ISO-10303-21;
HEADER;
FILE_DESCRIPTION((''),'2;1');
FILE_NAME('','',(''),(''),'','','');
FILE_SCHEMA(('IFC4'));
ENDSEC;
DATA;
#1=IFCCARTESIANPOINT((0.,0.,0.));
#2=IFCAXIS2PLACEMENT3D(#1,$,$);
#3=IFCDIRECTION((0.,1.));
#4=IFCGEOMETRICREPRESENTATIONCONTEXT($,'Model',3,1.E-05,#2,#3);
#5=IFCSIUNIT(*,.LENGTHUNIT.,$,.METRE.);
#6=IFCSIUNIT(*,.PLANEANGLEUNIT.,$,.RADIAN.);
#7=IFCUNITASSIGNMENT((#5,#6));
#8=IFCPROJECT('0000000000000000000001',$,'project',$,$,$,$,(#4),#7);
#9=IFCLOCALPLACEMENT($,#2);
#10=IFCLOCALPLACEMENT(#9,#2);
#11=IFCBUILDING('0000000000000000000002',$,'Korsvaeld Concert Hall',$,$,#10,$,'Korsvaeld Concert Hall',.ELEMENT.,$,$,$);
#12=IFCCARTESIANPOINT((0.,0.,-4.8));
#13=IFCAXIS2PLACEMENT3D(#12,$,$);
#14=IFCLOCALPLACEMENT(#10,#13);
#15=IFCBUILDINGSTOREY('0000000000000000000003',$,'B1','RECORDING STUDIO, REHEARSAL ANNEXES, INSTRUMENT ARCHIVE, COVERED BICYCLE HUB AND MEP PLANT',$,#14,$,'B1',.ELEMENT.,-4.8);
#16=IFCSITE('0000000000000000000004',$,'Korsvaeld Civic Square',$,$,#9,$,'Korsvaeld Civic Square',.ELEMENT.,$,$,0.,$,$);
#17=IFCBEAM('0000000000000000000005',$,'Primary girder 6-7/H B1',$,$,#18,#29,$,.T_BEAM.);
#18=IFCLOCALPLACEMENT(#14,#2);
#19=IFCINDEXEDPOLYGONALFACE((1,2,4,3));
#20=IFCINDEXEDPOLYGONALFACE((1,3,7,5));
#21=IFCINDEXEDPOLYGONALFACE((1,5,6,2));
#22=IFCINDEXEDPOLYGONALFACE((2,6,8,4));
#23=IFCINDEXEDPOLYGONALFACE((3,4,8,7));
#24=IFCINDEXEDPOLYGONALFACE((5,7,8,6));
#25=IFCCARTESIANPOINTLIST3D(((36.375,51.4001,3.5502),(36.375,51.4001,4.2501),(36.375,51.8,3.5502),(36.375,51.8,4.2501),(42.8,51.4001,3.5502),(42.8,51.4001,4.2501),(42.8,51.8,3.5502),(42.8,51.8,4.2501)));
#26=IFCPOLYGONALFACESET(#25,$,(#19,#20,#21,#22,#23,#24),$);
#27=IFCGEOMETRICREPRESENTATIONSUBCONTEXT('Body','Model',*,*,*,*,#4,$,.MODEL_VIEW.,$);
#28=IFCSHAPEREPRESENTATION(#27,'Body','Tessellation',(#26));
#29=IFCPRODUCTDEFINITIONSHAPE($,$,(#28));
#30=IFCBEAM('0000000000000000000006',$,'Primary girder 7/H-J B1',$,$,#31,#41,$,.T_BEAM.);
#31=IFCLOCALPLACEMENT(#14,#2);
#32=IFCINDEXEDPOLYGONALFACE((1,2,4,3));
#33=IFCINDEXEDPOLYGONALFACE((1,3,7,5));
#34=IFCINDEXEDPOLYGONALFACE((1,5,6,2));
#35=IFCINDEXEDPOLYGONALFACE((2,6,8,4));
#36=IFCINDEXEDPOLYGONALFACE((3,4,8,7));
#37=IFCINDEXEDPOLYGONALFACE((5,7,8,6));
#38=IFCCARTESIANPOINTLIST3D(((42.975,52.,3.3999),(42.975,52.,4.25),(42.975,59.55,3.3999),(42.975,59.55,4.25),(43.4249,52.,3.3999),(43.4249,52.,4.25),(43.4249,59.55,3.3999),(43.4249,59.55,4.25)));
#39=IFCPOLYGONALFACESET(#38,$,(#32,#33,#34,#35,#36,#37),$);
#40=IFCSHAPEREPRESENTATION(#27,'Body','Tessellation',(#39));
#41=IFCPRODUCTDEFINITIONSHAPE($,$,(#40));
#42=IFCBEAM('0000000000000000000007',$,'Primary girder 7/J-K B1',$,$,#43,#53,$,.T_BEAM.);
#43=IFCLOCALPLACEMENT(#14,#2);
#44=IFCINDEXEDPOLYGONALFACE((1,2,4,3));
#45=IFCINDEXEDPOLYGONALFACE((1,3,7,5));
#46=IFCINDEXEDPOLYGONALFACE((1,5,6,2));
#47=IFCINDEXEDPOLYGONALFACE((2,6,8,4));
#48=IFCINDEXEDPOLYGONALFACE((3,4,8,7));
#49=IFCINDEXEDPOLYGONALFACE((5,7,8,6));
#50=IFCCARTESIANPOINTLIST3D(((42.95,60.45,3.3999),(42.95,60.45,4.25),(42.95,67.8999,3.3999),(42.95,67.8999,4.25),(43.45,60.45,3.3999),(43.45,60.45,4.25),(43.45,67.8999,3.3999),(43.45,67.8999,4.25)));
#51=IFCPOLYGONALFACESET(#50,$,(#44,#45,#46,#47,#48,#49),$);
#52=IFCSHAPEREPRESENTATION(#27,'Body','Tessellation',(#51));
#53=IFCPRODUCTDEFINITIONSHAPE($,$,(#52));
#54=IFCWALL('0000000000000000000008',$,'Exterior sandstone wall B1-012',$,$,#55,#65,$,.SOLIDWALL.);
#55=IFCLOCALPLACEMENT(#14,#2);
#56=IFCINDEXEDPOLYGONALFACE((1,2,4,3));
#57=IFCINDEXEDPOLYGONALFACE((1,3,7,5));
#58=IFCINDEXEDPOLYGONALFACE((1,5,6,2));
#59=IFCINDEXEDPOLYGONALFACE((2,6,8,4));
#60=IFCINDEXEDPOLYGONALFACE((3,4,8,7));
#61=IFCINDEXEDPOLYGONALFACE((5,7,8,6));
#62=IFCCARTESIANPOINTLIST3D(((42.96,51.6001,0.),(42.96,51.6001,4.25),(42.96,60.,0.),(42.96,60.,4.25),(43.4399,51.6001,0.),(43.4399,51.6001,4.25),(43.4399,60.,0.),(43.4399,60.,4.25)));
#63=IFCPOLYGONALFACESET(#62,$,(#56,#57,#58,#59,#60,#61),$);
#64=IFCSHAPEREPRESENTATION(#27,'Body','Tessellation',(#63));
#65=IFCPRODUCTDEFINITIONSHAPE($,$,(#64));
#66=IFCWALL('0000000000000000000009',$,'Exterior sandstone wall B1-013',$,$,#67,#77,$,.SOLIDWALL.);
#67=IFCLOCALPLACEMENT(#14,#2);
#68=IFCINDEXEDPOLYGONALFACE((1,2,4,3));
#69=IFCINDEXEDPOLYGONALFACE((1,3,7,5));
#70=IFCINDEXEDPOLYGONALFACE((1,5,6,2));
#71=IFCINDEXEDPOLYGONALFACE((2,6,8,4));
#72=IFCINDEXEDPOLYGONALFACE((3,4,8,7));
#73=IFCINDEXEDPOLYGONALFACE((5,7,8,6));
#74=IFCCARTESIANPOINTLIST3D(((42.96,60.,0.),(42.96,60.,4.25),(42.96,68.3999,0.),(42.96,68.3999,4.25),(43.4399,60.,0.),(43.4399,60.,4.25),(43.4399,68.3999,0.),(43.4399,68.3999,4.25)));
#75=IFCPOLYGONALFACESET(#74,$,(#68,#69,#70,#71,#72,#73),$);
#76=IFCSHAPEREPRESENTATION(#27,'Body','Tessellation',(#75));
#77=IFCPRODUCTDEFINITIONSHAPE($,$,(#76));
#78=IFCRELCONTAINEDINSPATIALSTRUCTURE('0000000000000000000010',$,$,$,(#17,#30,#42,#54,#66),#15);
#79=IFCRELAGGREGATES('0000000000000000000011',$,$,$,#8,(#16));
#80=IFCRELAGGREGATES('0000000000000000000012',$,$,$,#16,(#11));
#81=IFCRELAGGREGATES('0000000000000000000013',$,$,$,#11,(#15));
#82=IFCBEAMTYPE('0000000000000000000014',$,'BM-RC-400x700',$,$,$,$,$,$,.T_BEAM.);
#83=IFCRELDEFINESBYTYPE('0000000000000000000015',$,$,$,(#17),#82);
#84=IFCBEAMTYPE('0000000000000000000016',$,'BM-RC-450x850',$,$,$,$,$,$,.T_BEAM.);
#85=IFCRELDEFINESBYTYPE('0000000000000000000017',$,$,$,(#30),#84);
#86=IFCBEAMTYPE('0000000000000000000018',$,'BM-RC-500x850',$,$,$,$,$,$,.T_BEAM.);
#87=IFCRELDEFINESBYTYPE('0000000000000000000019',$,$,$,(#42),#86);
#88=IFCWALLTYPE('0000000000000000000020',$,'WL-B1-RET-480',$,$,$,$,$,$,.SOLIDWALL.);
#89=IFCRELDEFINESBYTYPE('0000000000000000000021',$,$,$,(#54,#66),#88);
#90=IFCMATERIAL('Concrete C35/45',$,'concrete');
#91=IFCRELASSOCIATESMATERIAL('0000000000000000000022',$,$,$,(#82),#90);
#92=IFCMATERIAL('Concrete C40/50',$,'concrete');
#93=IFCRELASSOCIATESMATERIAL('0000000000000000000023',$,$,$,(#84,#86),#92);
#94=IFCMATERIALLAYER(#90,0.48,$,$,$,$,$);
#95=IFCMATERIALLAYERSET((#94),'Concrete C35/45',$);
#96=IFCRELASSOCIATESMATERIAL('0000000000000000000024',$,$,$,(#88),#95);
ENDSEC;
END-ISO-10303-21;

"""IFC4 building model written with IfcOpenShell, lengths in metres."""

from ifc_helpers import new_model, si_unit, direction, frame, frame_2d, origin, origin_2d, place, context, subcontext, project, spatial, rectangle, extrude, material, layer, layer_set, material_profile, profile_set, type_object, element, save


model = new_model("IFC4")

# Units and contexts
model_context = context("Model", 3, precision=1e-05, world=origin(), true_north=direction((0.0, 1.0)))
body_context = subcontext(model_context, "Body", "Model", "MODEL_VIEW")
ifc_project = project(units=[si_unit("LENGTHUNIT", "METRE"), si_unit("PLANEANGLEUNIT", "RADIAN")], contexts=[model_context])

# Site, building, storey
site_placement = place(None, origin())
site = spatial("IfcSite", under=ifc_project, at=site_placement, Name="Korsvaeld Civic Square", LongName="Korsvaeld Civic Square", CompositionType="ELEMENT", RefElevation=0.0)
building_placement = place(site_placement, origin())
building = spatial("IfcBuilding", under=site, at=building_placement, Name="Korsvaeld Concert Hall", LongName="Korsvaeld Concert Hall", CompositionType="ELEMENT")
storey_placement = place(building_placement, frame((0.0, 0.0, -4.8)))
storey = spatial("IfcBuildingStorey", under=building, at=storey_placement, Name="B1", Description="RECORDING STUDIO, REHEARSAL ANNEXES, INSTRUMENT ARCHIVE, COVERED BICYCLE HUB AND MEP PLANT", LongName="B1", CompositionType="ELEMENT", Elevation=-4.8)

# Shared definitions
ifc_material_1 = material(Name="Concrete C35/45", Category="concrete")

# Shared definitions
ifc_material_2 = material(Name="Concrete C40/50", Category="concrete")

# Beams
ifc_material_profile_1 = material_profile(ifc_material_1, rectangle(XDim=0.3999, YDim=0.7, at=origin_2d()), Name="RC 400x700")
ifc_profile_set_1 = profile_set([ifc_material_profile_1], Name="Concrete C35/45")
beam_type_1 = type_object("IfcBeamType", Name="BM-RC-400x700", PredefinedType="T_BEAM", material=ifc_profile_set_1)
beam_1_placement = place(storey_placement, frame((36.375, 51.6001, 3.9001), z_axis=(1.0, 0.0, 0.0), x_axis=(0.0, 1.0, 0.0)))
element("IfcBeam", 1, at=beam_1_placement, inside=storey, type_object=beam_type_1, Name="Primary girder 6-7/H B1", PredefinedType="T_BEAM", context=body_context, shape_type="SweptSolid", body=[
    extrude(rectangle(XDim=0.3999, YDim=0.7, at=origin_2d()), origin(), (0.0, 0.0, 1.0), 6.425),
])
ifc_material_profile_2 = material_profile(ifc_material_2, rectangle(XDim=0.45, YDim=0.8501, at=origin_2d()), Name="RC 450x850")
ifc_profile_set_2 = profile_set([ifc_material_profile_2], Name="Concrete C40/50")
beam_type_2 = type_object("IfcBeamType", Name="BM-RC-450x850", PredefinedType="T_BEAM", material=ifc_profile_set_2)
beam_2_placement = place(storey_placement, frame((43.2, 52.0, 3.825), z_axis=(0.0, 1.0, 0.0), x_axis=(-1.0, 0.0, 0.0)))
element("IfcBeam", 2, at=beam_2_placement, inside=storey, type_object=beam_type_2, Name="Primary girder 7/H-J B1", PredefinedType="T_BEAM", context=body_context, shape_type="SweptSolid", body=[
    extrude(rectangle(XDim=0.45, YDim=0.8501, at=origin_2d()), origin(), (0.0, 0.0, 1.0), 7.55),
])
ifc_material_profile_3 = material_profile(ifc_material_2, rectangle(XDim=0.5, YDim=0.8501, at=origin_2d()), Name="RC 500x850")
ifc_profile_set_3 = profile_set([ifc_material_profile_3], Name="Concrete C40/50")
beam_type_3 = type_object("IfcBeamType", Name="BM-RC-500x850", PredefinedType="T_BEAM", material=ifc_profile_set_3)
beam_3_placement = place(storey_placement, frame((43.2, 60.45, 3.825), z_axis=(0.0, 1.0, 0.0), x_axis=(-1.0, 0.0, 0.0)))
element("IfcBeam", 3, at=beam_3_placement, inside=storey, type_object=beam_type_3, Name="Primary girder 7/J-K B1", PredefinedType="T_BEAM", context=body_context, shape_type="SweptSolid", body=[
    extrude(rectangle(XDim=0.5, YDim=0.8501, at=origin_2d()), origin(), (0.0, 0.0, 1.0), 7.45),
])

# Walls
ifc_layer = layer(ifc_material_1, 0.48)
ifc_layer_set = layer_set([ifc_layer], Name="Concrete C35/45")
wall_type = type_object("IfcWallType", Name="WL-B1-RET-480", PredefinedType="SOLIDWALL", material=ifc_layer_set)
for number, where, z_axis, x_axis, name in (
    (4, (43.2, 51.6001, 0.0), (0.0, 0.0, 1.0), (0.0, 1.0, 0.0), "Exterior sandstone wall B1-012"),
    (5, (43.2, 60.0, 0.0), (0.0, 0.0, 1.0), (0.0, 1.0, 0.0), "Exterior sandstone wall B1-013"),
):
    element("IfcWall", number, at=place(storey_placement, frame(where, z_axis=z_axis, x_axis=x_axis)), inside=storey, type_object=wall_type, Name=name, PredefinedType="SOLIDWALL", context=body_context, shape_type="SweptSolid", body=[
        extrude(rectangle(XDim=8.3999, YDim=0.48, at=frame_2d((4.2, 0.0))), origin(), (0.0, 0.0, 1.0), 4.25),
    ])

save(model, "model.ifc")
